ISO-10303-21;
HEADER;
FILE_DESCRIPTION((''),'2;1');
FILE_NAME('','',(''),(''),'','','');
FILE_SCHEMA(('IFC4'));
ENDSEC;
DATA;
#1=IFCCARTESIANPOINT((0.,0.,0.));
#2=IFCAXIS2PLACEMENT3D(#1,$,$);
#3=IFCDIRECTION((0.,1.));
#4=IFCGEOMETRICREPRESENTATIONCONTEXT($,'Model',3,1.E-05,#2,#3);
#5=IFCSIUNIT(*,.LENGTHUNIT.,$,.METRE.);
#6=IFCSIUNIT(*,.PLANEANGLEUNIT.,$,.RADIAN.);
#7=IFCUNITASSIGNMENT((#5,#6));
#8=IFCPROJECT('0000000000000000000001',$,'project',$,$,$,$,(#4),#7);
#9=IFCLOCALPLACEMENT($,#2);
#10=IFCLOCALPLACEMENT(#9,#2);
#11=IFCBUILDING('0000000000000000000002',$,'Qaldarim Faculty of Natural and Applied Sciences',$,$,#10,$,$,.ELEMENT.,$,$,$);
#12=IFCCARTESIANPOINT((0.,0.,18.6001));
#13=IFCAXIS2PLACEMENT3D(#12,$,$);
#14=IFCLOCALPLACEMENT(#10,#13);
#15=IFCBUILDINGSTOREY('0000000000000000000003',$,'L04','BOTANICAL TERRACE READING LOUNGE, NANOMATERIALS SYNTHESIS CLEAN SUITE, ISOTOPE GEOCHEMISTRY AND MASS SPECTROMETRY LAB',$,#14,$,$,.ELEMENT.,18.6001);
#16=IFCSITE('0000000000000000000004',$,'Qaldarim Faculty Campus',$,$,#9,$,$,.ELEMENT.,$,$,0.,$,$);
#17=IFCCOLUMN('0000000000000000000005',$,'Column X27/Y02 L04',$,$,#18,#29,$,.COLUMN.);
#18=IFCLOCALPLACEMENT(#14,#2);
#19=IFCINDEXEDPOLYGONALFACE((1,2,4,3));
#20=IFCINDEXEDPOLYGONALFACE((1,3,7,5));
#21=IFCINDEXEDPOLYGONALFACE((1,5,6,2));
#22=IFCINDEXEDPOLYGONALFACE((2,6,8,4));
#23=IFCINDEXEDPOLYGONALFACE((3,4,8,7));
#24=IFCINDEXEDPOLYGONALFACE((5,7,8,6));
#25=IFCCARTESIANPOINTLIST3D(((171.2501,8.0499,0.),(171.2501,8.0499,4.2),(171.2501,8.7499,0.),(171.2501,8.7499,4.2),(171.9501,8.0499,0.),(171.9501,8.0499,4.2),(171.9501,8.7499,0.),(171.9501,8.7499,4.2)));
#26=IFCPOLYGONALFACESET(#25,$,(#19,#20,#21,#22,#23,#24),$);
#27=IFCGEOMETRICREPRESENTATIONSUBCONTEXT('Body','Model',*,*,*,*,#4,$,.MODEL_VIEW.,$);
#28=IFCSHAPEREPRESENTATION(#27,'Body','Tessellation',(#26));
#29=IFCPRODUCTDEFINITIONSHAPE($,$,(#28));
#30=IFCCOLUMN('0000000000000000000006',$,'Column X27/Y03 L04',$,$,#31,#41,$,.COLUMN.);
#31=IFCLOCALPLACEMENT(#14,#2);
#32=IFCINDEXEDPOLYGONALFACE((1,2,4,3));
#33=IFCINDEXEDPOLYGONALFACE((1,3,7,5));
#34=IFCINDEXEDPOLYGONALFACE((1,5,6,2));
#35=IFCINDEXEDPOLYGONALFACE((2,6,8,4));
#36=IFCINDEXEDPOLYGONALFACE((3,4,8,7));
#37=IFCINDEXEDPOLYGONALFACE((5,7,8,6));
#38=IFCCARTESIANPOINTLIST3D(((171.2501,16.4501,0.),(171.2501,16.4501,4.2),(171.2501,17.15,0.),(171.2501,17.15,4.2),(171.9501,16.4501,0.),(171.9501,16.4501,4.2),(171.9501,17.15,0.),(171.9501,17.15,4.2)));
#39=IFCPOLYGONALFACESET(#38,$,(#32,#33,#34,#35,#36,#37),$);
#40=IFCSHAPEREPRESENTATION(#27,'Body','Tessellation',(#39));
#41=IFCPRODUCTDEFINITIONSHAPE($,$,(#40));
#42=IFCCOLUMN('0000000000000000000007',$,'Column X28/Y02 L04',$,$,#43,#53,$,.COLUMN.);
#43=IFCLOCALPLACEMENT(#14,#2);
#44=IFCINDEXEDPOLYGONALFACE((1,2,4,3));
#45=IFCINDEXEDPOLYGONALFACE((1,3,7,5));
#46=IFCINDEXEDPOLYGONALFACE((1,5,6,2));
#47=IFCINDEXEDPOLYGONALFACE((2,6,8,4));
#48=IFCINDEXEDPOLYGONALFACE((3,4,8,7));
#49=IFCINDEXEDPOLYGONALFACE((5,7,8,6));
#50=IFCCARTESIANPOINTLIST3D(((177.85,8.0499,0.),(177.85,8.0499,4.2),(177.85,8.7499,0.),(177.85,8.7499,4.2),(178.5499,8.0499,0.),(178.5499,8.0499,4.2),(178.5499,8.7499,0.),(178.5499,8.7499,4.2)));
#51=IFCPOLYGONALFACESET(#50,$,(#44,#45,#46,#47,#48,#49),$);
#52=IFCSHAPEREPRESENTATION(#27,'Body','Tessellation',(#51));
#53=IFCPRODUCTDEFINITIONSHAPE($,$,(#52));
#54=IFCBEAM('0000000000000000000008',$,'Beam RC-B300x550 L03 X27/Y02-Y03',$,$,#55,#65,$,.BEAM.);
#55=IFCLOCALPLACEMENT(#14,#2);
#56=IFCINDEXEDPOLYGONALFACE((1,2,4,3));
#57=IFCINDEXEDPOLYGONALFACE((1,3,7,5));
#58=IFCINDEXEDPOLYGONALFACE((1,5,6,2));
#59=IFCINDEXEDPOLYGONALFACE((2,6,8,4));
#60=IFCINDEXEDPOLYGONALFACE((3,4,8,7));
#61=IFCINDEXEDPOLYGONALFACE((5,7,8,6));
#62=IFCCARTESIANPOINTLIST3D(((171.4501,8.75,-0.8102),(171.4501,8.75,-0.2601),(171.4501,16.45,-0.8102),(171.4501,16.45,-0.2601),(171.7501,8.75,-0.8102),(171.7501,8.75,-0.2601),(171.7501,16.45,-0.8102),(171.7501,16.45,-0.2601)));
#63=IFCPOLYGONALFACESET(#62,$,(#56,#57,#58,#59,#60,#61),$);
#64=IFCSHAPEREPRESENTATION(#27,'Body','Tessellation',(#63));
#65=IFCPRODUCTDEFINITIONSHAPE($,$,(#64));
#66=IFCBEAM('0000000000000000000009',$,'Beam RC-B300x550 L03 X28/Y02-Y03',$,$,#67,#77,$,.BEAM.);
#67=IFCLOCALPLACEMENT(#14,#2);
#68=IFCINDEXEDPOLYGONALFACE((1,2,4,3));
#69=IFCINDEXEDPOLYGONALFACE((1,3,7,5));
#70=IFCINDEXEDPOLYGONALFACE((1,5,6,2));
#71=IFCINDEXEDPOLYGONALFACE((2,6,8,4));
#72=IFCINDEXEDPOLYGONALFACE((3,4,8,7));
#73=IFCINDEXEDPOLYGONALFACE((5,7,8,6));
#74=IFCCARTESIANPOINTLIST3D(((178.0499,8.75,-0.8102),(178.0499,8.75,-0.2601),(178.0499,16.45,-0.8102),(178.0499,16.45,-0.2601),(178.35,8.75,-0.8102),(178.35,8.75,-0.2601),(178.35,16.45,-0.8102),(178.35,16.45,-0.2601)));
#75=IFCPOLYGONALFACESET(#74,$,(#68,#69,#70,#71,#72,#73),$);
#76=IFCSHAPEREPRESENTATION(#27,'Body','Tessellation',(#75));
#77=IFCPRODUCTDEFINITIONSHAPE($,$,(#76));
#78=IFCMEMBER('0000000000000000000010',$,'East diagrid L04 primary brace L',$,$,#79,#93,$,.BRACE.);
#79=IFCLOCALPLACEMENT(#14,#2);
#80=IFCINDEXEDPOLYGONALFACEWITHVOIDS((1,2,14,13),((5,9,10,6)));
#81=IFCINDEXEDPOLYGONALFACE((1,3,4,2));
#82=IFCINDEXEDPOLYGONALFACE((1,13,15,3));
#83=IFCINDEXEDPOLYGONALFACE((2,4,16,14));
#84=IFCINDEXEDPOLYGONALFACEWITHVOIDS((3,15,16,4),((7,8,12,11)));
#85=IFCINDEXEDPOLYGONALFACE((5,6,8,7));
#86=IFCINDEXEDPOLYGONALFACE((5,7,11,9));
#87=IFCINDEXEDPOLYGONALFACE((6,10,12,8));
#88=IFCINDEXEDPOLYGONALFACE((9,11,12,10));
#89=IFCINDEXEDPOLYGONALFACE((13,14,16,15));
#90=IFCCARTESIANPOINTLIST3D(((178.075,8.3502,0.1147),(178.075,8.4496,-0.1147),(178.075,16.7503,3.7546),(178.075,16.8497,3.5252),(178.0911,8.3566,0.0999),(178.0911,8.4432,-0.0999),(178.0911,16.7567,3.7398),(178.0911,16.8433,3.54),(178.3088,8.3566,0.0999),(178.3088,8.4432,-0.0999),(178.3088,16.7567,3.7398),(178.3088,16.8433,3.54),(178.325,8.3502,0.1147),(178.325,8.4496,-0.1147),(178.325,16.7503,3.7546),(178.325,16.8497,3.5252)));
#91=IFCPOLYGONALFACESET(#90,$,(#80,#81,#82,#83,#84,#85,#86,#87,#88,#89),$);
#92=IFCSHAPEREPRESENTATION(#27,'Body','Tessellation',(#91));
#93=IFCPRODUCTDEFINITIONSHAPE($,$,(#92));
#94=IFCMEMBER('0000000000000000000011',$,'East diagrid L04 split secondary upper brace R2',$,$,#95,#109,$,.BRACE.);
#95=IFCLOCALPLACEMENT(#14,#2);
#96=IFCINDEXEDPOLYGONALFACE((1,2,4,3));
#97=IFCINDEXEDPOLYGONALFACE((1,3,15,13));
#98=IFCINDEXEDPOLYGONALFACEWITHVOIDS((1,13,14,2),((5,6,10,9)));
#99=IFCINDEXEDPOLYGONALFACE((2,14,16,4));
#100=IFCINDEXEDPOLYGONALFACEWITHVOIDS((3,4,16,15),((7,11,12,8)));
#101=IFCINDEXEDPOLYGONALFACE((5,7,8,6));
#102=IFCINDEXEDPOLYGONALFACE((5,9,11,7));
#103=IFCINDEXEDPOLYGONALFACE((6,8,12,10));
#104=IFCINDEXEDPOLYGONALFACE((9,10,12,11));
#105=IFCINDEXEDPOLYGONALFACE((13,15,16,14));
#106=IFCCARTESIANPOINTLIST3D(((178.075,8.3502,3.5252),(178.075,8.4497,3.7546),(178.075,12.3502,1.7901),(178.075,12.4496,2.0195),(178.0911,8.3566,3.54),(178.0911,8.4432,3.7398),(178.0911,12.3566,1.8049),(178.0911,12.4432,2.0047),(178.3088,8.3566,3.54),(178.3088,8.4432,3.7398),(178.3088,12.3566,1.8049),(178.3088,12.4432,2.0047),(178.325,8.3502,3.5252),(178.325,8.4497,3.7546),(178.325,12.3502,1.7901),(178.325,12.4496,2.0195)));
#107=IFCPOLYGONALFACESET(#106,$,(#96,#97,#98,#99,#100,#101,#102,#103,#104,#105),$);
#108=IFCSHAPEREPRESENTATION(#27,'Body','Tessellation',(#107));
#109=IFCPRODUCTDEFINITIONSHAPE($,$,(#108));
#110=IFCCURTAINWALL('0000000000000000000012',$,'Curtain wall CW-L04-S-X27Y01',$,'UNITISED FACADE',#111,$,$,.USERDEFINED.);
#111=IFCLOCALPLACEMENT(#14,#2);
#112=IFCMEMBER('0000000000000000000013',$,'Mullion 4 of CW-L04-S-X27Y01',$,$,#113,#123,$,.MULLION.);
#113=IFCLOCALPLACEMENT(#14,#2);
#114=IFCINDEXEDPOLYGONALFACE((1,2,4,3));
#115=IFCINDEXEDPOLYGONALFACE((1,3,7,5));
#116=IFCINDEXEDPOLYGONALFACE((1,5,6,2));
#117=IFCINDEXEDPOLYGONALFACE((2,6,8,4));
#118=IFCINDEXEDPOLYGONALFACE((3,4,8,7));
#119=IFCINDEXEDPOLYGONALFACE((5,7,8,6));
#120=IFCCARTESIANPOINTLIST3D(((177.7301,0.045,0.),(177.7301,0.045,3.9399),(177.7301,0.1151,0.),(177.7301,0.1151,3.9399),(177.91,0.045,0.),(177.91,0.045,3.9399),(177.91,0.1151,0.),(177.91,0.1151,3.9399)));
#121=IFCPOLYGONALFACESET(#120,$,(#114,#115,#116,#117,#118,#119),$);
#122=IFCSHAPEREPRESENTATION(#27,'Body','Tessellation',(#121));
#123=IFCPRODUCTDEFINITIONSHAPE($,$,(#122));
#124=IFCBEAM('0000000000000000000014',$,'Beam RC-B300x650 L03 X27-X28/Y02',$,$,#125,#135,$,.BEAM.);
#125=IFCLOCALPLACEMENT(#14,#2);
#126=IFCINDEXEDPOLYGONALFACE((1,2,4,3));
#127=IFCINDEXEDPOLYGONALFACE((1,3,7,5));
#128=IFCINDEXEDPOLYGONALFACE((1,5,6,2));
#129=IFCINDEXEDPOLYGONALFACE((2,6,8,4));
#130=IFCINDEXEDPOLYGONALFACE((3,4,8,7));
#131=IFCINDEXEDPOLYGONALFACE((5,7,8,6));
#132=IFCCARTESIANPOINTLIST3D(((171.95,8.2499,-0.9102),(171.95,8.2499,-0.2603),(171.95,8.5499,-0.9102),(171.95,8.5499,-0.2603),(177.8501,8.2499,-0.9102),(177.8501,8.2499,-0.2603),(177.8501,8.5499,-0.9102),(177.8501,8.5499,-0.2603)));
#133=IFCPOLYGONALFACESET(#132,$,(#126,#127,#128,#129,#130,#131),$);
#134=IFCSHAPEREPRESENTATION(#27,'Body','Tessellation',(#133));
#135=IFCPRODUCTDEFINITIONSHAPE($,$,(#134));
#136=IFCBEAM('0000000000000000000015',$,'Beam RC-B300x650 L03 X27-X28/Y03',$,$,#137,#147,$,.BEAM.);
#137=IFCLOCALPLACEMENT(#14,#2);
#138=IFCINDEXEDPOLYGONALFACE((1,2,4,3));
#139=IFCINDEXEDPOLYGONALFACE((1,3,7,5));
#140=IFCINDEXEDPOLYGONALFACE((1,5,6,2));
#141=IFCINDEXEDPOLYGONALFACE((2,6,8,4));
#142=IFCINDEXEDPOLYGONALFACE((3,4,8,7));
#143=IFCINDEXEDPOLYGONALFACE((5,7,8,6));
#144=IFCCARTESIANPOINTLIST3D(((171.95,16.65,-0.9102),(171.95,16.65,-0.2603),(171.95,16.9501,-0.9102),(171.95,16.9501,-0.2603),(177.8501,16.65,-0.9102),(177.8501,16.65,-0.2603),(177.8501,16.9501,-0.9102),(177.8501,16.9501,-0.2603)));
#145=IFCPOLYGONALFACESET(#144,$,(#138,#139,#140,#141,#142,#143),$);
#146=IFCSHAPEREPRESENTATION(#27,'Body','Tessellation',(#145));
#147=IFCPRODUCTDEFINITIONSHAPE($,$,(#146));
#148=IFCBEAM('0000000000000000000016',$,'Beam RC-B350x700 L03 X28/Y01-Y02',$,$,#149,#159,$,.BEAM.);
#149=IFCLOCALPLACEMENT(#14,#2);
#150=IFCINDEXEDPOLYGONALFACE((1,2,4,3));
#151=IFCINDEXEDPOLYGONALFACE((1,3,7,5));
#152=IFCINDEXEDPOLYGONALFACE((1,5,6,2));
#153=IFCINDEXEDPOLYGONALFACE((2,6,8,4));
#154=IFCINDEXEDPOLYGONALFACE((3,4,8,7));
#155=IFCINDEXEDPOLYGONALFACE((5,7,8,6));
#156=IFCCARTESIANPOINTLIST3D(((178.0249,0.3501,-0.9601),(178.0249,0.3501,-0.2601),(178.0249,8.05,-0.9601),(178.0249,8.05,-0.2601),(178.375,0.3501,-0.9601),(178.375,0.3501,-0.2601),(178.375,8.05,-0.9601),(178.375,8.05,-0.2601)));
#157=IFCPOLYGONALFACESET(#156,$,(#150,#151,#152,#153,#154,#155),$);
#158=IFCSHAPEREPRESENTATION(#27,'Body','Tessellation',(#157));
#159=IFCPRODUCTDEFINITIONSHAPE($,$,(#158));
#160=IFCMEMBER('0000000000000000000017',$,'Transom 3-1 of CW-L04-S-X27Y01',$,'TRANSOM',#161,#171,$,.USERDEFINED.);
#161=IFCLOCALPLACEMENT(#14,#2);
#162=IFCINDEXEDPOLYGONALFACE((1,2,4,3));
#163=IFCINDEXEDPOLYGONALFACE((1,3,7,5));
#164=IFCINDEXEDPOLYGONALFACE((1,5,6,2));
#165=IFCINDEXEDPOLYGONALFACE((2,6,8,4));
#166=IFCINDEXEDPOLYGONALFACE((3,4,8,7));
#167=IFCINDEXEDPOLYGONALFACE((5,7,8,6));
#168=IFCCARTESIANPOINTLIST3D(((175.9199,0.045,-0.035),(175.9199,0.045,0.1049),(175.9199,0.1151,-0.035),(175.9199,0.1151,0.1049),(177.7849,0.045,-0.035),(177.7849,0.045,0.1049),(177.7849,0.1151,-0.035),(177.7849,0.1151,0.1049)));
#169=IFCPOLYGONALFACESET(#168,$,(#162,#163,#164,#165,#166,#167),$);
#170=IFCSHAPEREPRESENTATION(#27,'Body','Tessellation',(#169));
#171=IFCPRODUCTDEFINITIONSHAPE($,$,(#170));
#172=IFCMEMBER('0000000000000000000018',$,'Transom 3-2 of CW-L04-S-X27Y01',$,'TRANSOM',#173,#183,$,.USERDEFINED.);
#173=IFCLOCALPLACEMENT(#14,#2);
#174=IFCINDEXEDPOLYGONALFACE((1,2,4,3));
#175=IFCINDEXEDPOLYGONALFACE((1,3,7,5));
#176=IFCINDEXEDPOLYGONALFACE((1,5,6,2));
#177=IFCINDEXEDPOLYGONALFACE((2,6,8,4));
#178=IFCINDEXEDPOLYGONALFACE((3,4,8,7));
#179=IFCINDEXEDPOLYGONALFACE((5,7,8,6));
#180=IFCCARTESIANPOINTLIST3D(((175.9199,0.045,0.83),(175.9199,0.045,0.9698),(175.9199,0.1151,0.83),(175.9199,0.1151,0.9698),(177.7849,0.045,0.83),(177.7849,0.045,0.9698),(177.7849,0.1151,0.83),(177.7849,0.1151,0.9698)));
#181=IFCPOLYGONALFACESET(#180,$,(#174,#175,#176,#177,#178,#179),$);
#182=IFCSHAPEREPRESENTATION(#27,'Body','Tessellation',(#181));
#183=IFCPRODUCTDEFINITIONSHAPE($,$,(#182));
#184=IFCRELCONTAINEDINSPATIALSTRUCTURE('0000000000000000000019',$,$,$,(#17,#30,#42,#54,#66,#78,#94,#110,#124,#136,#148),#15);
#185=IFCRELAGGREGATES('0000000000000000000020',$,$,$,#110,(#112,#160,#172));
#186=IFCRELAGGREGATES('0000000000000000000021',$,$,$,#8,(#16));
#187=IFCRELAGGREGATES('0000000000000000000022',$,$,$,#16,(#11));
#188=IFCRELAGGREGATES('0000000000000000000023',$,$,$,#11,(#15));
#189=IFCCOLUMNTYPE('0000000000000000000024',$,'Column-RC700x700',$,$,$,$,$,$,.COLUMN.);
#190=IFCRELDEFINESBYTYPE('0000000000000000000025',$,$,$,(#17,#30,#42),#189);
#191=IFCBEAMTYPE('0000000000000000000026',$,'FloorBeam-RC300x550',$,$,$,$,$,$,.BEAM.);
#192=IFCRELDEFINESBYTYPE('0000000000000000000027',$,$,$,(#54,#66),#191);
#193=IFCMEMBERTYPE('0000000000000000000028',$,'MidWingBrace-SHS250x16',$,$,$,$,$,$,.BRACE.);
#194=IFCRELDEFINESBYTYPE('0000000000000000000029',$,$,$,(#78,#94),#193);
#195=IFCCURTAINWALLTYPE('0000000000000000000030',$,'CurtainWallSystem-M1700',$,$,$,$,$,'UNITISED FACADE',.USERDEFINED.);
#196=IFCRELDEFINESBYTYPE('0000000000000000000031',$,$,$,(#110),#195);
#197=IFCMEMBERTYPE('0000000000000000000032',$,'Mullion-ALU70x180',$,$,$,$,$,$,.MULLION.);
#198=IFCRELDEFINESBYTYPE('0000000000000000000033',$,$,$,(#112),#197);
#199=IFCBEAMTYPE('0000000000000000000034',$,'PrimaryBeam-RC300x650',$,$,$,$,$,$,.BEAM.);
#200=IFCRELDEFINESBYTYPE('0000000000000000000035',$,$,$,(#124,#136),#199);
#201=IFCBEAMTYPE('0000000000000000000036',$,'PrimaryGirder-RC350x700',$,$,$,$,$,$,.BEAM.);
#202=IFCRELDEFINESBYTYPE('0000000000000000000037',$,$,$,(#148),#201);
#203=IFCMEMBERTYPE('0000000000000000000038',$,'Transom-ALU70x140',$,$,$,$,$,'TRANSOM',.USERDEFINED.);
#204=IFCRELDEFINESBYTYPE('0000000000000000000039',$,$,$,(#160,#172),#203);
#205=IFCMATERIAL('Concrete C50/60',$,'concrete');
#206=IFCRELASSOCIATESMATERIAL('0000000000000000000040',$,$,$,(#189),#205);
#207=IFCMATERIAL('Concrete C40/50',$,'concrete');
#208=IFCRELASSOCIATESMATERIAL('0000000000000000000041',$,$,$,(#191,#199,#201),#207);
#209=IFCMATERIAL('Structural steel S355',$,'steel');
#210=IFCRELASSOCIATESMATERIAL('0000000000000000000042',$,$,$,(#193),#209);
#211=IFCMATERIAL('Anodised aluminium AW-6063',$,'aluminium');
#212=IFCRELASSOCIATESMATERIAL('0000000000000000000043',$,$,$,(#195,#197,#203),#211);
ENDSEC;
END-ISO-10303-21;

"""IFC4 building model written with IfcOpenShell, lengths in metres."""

from ifc_helpers import new_model, si_unit, direction, frame, origin, origin_2d, place, context, subcontext, project, spatial, rectangle, hollow_rectangle, extrude, material, material_profile, profile_set, type_object, element, aggregate, save


model = new_model("IFC4")

# Units and contexts
model_context = context("Model", 3, precision=1e-05, world=origin(), true_north=direction((0.0, 1.0)))
body_context = subcontext(model_context, "Body", "Model", "MODEL_VIEW")
ifc_project = project(units=[si_unit("LENGTHUNIT", "METRE"), si_unit("PLANEANGLEUNIT", "RADIAN")], contexts=[model_context])

# Site, building, storey
site_placement = place(None, origin())
site = spatial("IfcSite", under=ifc_project, at=site_placement, Name="Qaldarim Faculty Campus", CompositionType="ELEMENT", RefElevation=0.0)
building_placement = place(site_placement, origin())
building = spatial("IfcBuilding", under=site, at=building_placement, Name="Qaldarim Faculty of Natural and Applied Sciences", CompositionType="ELEMENT")
storey_placement = place(building_placement, frame((0.0, 0.0, 18.6001)))
storey = spatial("IfcBuildingStorey", under=building, at=storey_placement, Name="L04", Description="BOTANICAL TERRACE READING LOUNGE, NANOMATERIALS SYNTHESIS CLEAN SUITE, ISOTOPE GEOCHEMISTRY AND MASS SPECTROMETRY LAB", CompositionType="ELEMENT", Elevation=18.6001)

# Columns
ifc_material_1 = material(Name="Concrete C50/60", Category="concrete")
ifc_material_profile_1 = material_profile(ifc_material_1, rectangle(XDim=0.7, YDim=0.7, at=origin_2d()), Name="RC-C700x700")
ifc_profile_set_1 = profile_set([ifc_material_profile_1], Name="Concrete C50/60")
column_type = type_object("IfcColumnType", Name="Column-RC700x700", PredefinedType="COLUMN", material=ifc_profile_set_1)
for number, where, z_axis, x_axis, name in (
    (1, (171.6001, 8.3999, 0.0), (0.0, 0.0, 1.0), (1.0, 0.0, 0.0), "Column X27/Y02 L04"),
    (2, (171.6001, 16.8, 0.0), (0.0, 0.0, 1.0), (1.0, 0.0, 0.0), "Column X27/Y03 L04"),
    (3, (178.2, 8.3999, 0.0), (0.0, 0.0, 1.0), (1.0, 0.0, 0.0), "Column X28/Y02 L04"),
):
    element("IfcColumn", number, at=place(storey_placement, frame(where, z_axis=z_axis, x_axis=x_axis)), inside=storey, type_object=column_type, Name=name, PredefinedType="COLUMN", context=body_context, shape_type="SweptSolid", body=[
        extrude(rectangle(XDim=0.7, YDim=0.7, at=origin_2d()), origin(), (0.0, 0.0, 1.0), 4.2),
    ])

# Beams
ifc_material_2 = material(Name="Concrete C40/50", Category="concrete")
ifc_material_profile_2 = material_profile(ifc_material_2, rectangle(XDim=0.3, YDim=0.55, at=origin_2d()), Name="RC-B300x550")
ifc_profile_set_2 = profile_set([ifc_material_profile_2], Name="Concrete C40/50")
beam_type_1 = type_object("IfcBeamType", Name="FloorBeam-RC300x550", PredefinedType="BEAM", material=ifc_profile_set_2)
for number, where, z_axis, x_axis, name in (
    (4, (171.6001, 8.75, -0.5352), (0.0, 1.0, 0.0), (-1.0, 0.0, 0.0), "Beam RC-B300x550 L03 X27/Y02-Y03"),
    (5, (178.2, 8.75, -0.5352), (0.0, 1.0, 0.0), (-1.0, 0.0, 0.0), "Beam RC-B300x550 L03 X28/Y02-Y03"),
):
    element("IfcBeam", number, at=place(storey_placement, frame(where, z_axis=z_axis, x_axis=x_axis)), inside=storey, type_object=beam_type_1, Name=name, PredefinedType="BEAM", context=body_context, shape_type="SweptSolid", body=[
        extrude(rectangle(XDim=0.3, YDim=0.55, at=origin_2d()), origin(), (0.0, 0.0, 1.0), 7.7),
    ])

# Members
ifc_material_3 = material(Name="Structural steel S355", Category="steel")
ifc_material_profile_3 = material_profile(ifc_material_3, hollow_rectangle(XDim=0.25, YDim=0.25, WallThickness=0.0161, at=origin_2d()), Name="SHS 250x250x16.0")
ifc_profile_set_3 = profile_set([ifc_material_profile_3], Name="Structural steel S355")
member_type_1 = type_object("IfcMemberType", Name="MidWingBrace-SHS250x16", PredefinedType="BRACE", material=ifc_profile_set_3)
member_1_placement = place(storey_placement, frame((178.2, 8.3999, 0.0), z_axis=(0.0, 0.917562, 0.397592), x_axis=(-1.0, 0.0, 0.0)))
element("IfcMember", 6, at=member_1_placement, inside=storey, type_object=member_type_1, Name="East diagrid L04 primary brace L", PredefinedType="BRACE", context=body_context, shape_type="SweptSolid", body=[
    extrude(hollow_rectangle(XDim=0.25, YDim=0.25, WallThickness=0.0161, at=origin_2d()), origin(), (0.0, 0.0, 1.0), 9.1548),
])
member_2_placement = place(storey_placement, frame((178.2, 12.3999, 1.9048), z_axis=(0.0, -0.917407, 0.39795), x_axis=(1.0, 0.0, 0.0)))
element("IfcMember", 7, at=member_2_placement, inside=storey, type_object=member_type_1, Name="East diagrid L04 split secondary upper brace R2", PredefinedType="BRACE", context=body_context, shape_type="SweptSolid", body=[
    extrude(hollow_rectangle(XDim=0.25, YDim=0.25, WallThickness=0.0161, at=origin_2d()), origin(), (0.0, 0.0, 1.0), 4.3601),
])

# Curtain wall, member
ifc_material_4 = material(Name="Anodised aluminium AW-6063", Category="aluminium")
curtain_wall_type = type_object("IfcCurtainWallType", Name="CurtainWallSystem-M1700", ElementType="UNITISED FACADE", PredefinedType="USERDEFINED", material=ifc_material_4)
curtain_wall_placement = place(storey_placement, origin())
curtain_wall = element("IfcCurtainWall", 8, at=curtain_wall_placement, inside=storey, type_object=curtain_wall_type, Name="Curtain wall CW-L04-S-X27Y01", ObjectType="UNITISED FACADE", PredefinedType="USERDEFINED")
ifc_material_profile_4 = material_profile(ifc_material_4, rectangle(XDim=0.0701, YDim=0.1799, at=origin_2d()), Name="ALU-M70x180")
ifc_profile_set_4 = profile_set([ifc_material_profile_4], Name="Anodised aluminium AW-6063")
member_type_2 = type_object("IfcMemberType", Name="Mullion-ALU70x180", PredefinedType="MULLION", material=ifc_profile_set_4)
member_3_placement = place(storey_placement, frame((177.8201, 0.0801, 0.0), z_axis=(0.0, 0.0, 1.0), x_axis=(0.0, 1.0, 0.0)))
member_3 = element("IfcMember", 9, at=member_3_placement, type_object=member_type_2, Name="Mullion 4 of CW-L04-S-X27Y01", PredefinedType="MULLION", context=body_context, shape_type="SweptSolid", body=[
    extrude(rectangle(XDim=0.0701, YDim=0.1799, at=origin_2d()), origin(), (0.0, 0.0, 1.0), 3.9399),
])

# Beams
ifc_material_profile_5 = material_profile(ifc_material_2, rectangle(XDim=0.3, YDim=0.6499, at=origin_2d()), Name="RC-B300x650")
ifc_profile_set_5 = profile_set([ifc_material_profile_5], Name="Concrete C40/50")
beam_type_2 = type_object("IfcBeamType", Name="PrimaryBeam-RC300x650", PredefinedType="BEAM", material=ifc_profile_set_5)
for number, where, z_axis, x_axis, name in (
    (10, (171.95, 8.3999, -0.5852), (1.0, 0.0, 0.0), (0.0, 1.0, 0.0), "Beam RC-B300x650 L03 X27-X28/Y02"),
    (11, (171.95, 16.8, -0.5852), (1.0, 0.0, 0.0), (0.0, 1.0, 0.0), "Beam RC-B300x650 L03 X27-X28/Y03"),
):
    element("IfcBeam", number, at=place(storey_placement, frame(where, z_axis=z_axis, x_axis=x_axis)), inside=storey, type_object=beam_type_2, Name=name, PredefinedType="BEAM", context=body_context, shape_type="SweptSolid", body=[
        extrude(rectangle(XDim=0.3, YDim=0.6499, at=origin_2d()), origin(), (0.0, 0.0, 1.0), 5.9001),
    ])
ifc_material_profile_6 = material_profile(ifc_material_2, rectangle(XDim=0.3501, YDim=0.7, at=origin_2d()), Name="RC-B350x700")
ifc_profile_set_6 = profile_set([ifc_material_profile_6], Name="Concrete C40/50")
beam_type_3 = type_object("IfcBeamType", Name="PrimaryGirder-RC350x700", PredefinedType="BEAM", material=ifc_profile_set_6)
beam_placement = place(storey_placement, frame((178.2, 0.3501, -0.6101), z_axis=(0.0, 1.0, 0.0), x_axis=(-1.0, 0.0, 0.0)))
element("IfcBeam", 12, at=beam_placement, inside=storey, type_object=beam_type_3, Name="Beam RC-B350x700 L03 X28/Y01-Y02", PredefinedType="BEAM", context=body_context, shape_type="SweptSolid", body=[
    extrude(rectangle(XDim=0.3501, YDim=0.7, at=origin_2d()), origin(), (0.0, 0.0, 1.0), 7.7),
])

# Members
ifc_material_profile_7 = material_profile(ifc_material_4, rectangle(XDim=0.0701, YDim=0.1399, at=origin_2d()), Name="ALU-T70x140")
ifc_profile_set_7 = profile_set([ifc_material_profile_7], Name="Anodised aluminium AW-6063")
member_type_3 = type_object("IfcMemberType", Name="Transom-ALU70x140", ElementType="TRANSOM", PredefinedType="USERDEFINED", material=ifc_profile_set_7)
member_4_placement = place(storey_placement, frame((175.9199, 0.0801, 0.0349), z_axis=(1.0, 0.0, 0.0), x_axis=(0.0, 1.0, 0.0)))
member_4 = element("IfcMember", 13, at=member_4_placement, type_object=member_type_3, Name="Transom 3-1 of CW-L04-S-X27Y01", ObjectType="TRANSOM", PredefinedType="USERDEFINED", context=body_context, shape_type="SweptSolid", body=[
    extrude(rectangle(XDim=0.0701, YDim=0.1399, at=origin_2d()), origin(), (0.0, 0.0, 1.0), 1.865),
])
member_5_placement = place(storey_placement, frame((175.9199, 0.0801, 0.8999), z_axis=(1.0, 0.0, 0.0), x_axis=(0.0, 1.0, 0.0)))
member_5 = element("IfcMember", 14, at=member_5_placement, type_object=member_type_3, Name="Transom 3-2 of CW-L04-S-X27Y01", ObjectType="TRANSOM", PredefinedType="USERDEFINED", context=body_context, shape_type="SweptSolid", body=[
    extrude(rectangle(XDim=0.0701, YDim=0.1399, at=origin_2d()), origin(), (0.0, 0.0, 1.0), 1.865),
])

aggregate(curtain_wall, [member_3, member_4, member_5])

save(model, "model.ifc")
